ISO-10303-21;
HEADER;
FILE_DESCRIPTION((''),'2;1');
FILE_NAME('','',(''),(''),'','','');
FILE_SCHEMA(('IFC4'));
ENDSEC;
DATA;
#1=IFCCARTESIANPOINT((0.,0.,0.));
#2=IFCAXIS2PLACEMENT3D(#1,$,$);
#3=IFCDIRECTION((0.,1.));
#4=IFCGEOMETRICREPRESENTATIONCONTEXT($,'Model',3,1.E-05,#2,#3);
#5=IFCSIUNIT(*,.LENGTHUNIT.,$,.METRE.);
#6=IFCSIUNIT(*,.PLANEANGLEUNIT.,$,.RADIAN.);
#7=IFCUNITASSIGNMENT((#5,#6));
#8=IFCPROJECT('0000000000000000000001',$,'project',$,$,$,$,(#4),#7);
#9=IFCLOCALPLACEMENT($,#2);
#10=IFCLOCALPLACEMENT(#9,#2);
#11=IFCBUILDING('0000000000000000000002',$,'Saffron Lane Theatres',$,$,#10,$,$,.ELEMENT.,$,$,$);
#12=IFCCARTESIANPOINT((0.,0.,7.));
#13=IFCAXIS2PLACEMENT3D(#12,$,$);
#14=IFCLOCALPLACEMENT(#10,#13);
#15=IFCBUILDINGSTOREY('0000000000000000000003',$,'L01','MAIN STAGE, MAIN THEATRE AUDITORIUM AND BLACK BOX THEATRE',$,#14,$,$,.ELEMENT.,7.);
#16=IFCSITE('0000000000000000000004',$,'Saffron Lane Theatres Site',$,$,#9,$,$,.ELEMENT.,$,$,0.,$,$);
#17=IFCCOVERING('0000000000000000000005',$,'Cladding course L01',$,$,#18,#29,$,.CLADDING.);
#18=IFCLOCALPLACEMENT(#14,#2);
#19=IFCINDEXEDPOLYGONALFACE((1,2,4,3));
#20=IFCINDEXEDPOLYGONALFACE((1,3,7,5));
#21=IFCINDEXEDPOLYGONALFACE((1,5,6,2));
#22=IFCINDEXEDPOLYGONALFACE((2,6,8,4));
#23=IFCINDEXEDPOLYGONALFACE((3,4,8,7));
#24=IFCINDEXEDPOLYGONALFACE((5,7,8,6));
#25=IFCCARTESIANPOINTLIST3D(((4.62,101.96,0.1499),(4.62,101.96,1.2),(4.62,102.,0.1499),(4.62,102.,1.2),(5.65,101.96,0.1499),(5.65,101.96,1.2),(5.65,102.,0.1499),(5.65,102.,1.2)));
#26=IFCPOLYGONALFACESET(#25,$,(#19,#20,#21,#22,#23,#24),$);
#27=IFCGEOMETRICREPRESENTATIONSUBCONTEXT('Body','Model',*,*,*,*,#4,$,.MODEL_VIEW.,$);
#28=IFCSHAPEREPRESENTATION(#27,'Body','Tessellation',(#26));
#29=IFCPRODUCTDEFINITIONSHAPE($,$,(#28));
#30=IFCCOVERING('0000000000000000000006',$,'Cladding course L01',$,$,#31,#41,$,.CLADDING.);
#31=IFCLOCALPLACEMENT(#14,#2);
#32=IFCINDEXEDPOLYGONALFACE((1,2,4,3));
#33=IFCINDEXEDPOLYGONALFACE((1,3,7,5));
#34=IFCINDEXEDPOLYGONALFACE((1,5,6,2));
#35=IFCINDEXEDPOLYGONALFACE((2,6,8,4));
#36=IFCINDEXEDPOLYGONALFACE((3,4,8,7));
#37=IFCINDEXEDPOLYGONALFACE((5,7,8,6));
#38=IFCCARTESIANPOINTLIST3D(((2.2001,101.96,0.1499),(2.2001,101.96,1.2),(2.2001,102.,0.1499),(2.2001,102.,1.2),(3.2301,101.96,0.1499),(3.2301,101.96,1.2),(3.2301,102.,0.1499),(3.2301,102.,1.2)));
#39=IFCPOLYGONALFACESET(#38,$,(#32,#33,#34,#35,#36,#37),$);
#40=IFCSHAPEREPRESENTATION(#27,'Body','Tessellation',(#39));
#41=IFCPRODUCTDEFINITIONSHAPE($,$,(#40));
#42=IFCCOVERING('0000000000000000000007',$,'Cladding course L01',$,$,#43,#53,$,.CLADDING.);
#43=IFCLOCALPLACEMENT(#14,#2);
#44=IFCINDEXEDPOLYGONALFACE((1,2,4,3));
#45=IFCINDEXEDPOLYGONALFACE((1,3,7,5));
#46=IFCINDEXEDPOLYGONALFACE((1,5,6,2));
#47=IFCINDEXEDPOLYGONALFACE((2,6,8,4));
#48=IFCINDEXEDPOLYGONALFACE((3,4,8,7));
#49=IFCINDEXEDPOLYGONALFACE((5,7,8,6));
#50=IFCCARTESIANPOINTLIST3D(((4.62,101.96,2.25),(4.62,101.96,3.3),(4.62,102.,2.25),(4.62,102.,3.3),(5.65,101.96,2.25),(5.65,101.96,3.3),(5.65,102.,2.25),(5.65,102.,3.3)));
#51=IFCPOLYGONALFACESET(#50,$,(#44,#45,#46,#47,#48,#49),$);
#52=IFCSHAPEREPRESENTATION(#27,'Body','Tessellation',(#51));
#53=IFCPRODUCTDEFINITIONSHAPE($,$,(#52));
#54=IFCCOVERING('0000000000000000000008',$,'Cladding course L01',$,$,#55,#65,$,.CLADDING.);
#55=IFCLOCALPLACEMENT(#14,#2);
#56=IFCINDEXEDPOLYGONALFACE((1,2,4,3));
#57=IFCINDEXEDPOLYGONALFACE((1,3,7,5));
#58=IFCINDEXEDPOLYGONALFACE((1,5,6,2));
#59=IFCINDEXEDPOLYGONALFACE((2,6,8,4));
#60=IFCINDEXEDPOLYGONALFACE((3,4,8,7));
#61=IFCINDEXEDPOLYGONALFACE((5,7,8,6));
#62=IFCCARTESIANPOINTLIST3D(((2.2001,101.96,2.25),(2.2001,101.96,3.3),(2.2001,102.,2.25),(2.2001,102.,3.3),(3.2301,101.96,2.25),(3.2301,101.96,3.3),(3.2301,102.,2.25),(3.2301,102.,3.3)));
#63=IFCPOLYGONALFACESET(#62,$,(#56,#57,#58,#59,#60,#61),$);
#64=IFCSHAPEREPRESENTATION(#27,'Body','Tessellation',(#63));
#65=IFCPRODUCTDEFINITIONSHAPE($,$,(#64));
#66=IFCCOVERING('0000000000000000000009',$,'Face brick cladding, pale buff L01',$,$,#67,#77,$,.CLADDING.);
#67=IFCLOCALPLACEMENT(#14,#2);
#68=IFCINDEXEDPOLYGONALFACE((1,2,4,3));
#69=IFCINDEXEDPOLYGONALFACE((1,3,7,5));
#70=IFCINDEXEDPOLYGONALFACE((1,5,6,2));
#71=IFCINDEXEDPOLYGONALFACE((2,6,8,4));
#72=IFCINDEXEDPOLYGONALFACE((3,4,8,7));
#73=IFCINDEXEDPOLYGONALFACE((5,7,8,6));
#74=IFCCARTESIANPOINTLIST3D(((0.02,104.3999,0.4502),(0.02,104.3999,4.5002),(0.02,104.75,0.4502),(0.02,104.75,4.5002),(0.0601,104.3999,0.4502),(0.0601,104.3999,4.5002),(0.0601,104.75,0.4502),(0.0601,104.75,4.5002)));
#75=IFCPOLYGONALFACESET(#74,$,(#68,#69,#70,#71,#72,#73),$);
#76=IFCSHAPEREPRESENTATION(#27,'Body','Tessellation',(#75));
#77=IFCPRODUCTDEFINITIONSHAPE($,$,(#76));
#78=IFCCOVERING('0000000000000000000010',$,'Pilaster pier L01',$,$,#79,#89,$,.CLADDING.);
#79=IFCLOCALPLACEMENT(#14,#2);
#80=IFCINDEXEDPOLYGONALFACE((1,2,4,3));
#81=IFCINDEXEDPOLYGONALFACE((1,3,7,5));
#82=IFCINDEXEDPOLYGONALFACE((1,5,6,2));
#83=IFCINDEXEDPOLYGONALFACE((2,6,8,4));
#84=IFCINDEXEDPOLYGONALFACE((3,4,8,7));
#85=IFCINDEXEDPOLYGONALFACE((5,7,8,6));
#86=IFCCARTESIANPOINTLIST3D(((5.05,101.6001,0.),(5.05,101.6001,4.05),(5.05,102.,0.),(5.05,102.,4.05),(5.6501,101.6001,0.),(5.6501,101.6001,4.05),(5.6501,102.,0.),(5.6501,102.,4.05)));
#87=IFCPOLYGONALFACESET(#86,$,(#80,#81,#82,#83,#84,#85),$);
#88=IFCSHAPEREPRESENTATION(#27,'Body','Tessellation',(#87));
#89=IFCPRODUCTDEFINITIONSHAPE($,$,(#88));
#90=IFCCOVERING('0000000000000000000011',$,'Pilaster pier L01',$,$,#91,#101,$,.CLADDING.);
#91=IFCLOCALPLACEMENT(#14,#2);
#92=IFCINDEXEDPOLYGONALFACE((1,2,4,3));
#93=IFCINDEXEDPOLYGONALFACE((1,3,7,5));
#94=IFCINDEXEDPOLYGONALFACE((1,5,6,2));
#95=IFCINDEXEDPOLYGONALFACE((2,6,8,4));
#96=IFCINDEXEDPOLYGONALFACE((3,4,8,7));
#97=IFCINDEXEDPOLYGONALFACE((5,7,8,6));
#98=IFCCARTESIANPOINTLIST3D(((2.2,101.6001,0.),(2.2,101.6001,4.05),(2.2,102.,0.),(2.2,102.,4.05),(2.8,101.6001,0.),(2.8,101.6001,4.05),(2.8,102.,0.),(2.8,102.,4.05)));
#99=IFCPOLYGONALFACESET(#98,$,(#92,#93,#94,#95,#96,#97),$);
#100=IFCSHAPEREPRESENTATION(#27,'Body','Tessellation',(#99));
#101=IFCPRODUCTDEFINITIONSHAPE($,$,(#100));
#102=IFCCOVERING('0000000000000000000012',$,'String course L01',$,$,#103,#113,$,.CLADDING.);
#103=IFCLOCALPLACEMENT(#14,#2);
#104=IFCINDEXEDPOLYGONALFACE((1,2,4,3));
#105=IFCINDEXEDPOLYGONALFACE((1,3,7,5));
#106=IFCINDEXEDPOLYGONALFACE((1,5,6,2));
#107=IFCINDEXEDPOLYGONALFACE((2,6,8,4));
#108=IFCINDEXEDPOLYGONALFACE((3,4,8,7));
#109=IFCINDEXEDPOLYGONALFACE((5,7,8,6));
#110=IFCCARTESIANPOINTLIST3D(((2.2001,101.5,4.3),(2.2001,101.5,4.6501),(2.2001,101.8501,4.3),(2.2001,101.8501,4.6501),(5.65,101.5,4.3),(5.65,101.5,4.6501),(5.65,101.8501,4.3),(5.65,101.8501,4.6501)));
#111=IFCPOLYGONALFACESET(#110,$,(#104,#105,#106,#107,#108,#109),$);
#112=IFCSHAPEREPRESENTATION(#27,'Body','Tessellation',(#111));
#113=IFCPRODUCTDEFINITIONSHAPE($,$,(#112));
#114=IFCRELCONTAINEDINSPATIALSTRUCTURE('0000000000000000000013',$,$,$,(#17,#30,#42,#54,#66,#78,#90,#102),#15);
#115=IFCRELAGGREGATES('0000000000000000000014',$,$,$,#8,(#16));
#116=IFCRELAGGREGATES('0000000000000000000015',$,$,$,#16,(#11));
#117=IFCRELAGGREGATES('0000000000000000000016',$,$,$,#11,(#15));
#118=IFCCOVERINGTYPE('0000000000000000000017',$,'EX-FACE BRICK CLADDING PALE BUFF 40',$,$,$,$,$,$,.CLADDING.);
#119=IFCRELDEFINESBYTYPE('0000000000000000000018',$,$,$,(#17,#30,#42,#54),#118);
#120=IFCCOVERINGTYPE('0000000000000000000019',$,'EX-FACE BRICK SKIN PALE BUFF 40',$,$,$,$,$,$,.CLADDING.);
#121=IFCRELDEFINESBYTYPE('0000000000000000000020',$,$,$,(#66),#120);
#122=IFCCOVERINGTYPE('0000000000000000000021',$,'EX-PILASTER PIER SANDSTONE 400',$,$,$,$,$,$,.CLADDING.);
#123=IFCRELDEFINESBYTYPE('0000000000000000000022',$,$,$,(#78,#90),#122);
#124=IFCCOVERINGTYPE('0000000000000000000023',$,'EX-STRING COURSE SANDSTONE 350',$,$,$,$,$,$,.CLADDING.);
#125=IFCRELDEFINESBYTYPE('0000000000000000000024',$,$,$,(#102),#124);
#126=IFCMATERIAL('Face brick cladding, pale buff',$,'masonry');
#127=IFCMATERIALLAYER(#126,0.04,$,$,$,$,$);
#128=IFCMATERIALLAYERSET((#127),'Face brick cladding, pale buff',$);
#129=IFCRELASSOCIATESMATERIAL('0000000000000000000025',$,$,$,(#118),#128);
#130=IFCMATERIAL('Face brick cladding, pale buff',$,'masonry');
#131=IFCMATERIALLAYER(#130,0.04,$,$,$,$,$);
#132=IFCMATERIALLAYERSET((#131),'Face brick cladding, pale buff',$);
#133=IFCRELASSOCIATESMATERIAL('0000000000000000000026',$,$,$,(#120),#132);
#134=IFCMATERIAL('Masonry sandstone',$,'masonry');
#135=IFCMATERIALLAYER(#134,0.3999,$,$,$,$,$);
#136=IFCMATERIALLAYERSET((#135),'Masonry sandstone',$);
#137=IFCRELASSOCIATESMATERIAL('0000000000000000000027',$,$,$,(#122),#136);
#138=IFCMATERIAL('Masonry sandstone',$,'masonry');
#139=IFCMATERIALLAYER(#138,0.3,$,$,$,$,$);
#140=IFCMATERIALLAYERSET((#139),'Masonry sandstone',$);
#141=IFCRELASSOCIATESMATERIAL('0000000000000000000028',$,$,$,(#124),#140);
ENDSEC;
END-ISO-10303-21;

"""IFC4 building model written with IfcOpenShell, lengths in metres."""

from ifc_helpers import new_model, si_unit, direction, frame, origin, origin_2d, place, context, subcontext, project, spatial, rectangle, extrude, material, layer, layer_set, type_object, element, save


model = new_model("IFC4")

# Units and contexts
model_context = context("Model", 3, precision=1e-05, world=origin(), true_north=direction((0.0, 1.0)))
body_context = subcontext(model_context, "Body", "Model", "MODEL_VIEW")
ifc_project = project(units=[si_unit("LENGTHUNIT", "METRE"), si_unit("PLANEANGLEUNIT", "RADIAN")], contexts=[model_context])

# Site, building, storey
site_placement = place(None, origin())
site = spatial("IfcSite", under=ifc_project, at=site_placement, Name="Saffron Lane Theatres Site", CompositionType="ELEMENT", RefElevation=0.0)
building_placement = place(site_placement, origin())
building = spatial("IfcBuilding", under=site, at=building_placement, Name="Saffron Lane Theatres", CompositionType="ELEMENT")
storey_placement = place(building_placement, frame((0.0, 0.0, 7.0)))
storey = spatial("IfcBuildingStorey", under=building, at=storey_placement, Name="L01", Description="MAIN STAGE, MAIN THEATRE AUDITORIUM AND BLACK BOX THEATRE", CompositionType="ELEMENT", Elevation=7.0)

# Coverings
ifc_material_1 = material(Name="Face brick cladding, pale buff", Category="masonry")
ifc_layer_1 = layer(ifc_material_1, 0.04)
ifc_layer_set_1 = layer_set([ifc_layer_1], Name="Face brick cladding, pale buff")
covering_type_1 = type_object("IfcCoveringType", Name="EX-FACE BRICK CLADDING PALE BUFF 40", PredefinedType="CLADDING", material=ifc_layer_set_1)
for number, where, z_axis, x_axis, name in (
    (1, (5.135, 101.98, 0.1499), (0.0, 0.0, 1.0), (-1.0, 0.0, 0.0), "Cladding course L01"),
    (2, (2.7151, 101.98, 0.1499), (0.0, 0.0, 1.0), (-1.0, 0.0, 0.0), "Cladding course L01"),
    (3, (5.135, 101.98, 2.25), (0.0, 0.0, 1.0), (-1.0, 0.0, 0.0), "Cladding course L01"),
    (4, (2.7151, 101.98, 2.25), (0.0, 0.0, 1.0), (-1.0, 0.0, 0.0), "Cladding course L01"),
):
    element("IfcCovering", number, at=place(storey_placement, frame(where, z_axis=z_axis, x_axis=x_axis)), inside=storey, type_object=covering_type_1, Name=name, PredefinedType="CLADDING", context=body_context, shape_type="SweptSolid", body=[
        extrude(rectangle(XDim=1.03, YDim=0.04, at=origin_2d()), origin(), (0.0, 0.0, 1.0), 1.05),
    ])
ifc_material_2 = material(Name="Face brick cladding, pale buff", Category="masonry")
ifc_layer_2 = layer(ifc_material_2, 0.04)
ifc_layer_set_2 = layer_set([ifc_layer_2], Name="Face brick cladding, pale buff")
covering_type_2 = type_object("IfcCoveringType", Name="EX-FACE BRICK SKIN PALE BUFF 40", PredefinedType="CLADDING", material=ifc_layer_set_2)
covering_1_placement = place(storey_placement, frame((0.04, 104.575, 0.4502), z_axis=(0.0, 0.0, 1.0), x_axis=(0.0, 1.0, 0.0)))
element("IfcCovering", 5, at=covering_1_placement, inside=storey, type_object=covering_type_2, Name="Face brick cladding, pale buff L01", PredefinedType="CLADDING", context=body_context, shape_type="SweptSolid", body=[
    extrude(rectangle(XDim=0.3501, YDim=0.04, at=origin_2d()), origin(), (0.0, 0.0, 1.0), 4.05),
])
ifc_material_3 = material(Name="Masonry sandstone", Category="masonry")
ifc_layer_3 = layer(ifc_material_3, 0.3999)
ifc_layer_set_3 = layer_set([ifc_layer_3], Name="Masonry sandstone")
covering_type_3 = type_object("IfcCoveringType", Name="EX-PILASTER PIER SANDSTONE 400", PredefinedType="CLADDING", material=ifc_layer_set_3)
for number, where, z_axis, x_axis, name in (
    (6, (5.3501, 101.8, 0.0), (0.0, 0.0, 1.0), (-1.0, 0.0, 0.0), "Pilaster pier L01"),
    (7, (2.5, 101.8, 0.0), (0.0, 0.0, 1.0), (-1.0, 0.0, 0.0), "Pilaster pier L01"),
):
    element("IfcCovering", number, at=place(storey_placement, frame(where, z_axis=z_axis, x_axis=x_axis)), inside=storey, type_object=covering_type_3, Name=name, PredefinedType="CLADDING", context=body_context, shape_type="SweptSolid", body=[
        extrude(rectangle(XDim=0.6001, YDim=0.3999, at=origin_2d()), origin(), (0.0, 0.0, 1.0), 4.05),
    ])
ifc_material_4 = material(Name="Masonry sandstone", Category="masonry")
ifc_layer_4 = layer(ifc_material_4, 0.3)
ifc_layer_set_4 = layer_set([ifc_layer_4], Name="Masonry sandstone")
covering_type_4 = type_object("IfcCoveringType", Name="EX-STRING COURSE SANDSTONE 350", PredefinedType="CLADDING", material=ifc_layer_set_4)
covering_2_placement = place(storey_placement, frame((3.925, 101.675, 4.3), z_axis=(0.0, 0.0, 1.0), x_axis=(-1.0, 0.0, 0.0)))
element("IfcCovering", 8, at=covering_2_placement, inside=storey, type_object=covering_type_4, Name="String course L01", PredefinedType="CLADDING", context=body_context, shape_type="SweptSolid", body=[
    extrude(rectangle(XDim=3.45, YDim=0.3501, at=origin_2d()), origin(), (0.0, 0.0, 1.0), 0.3501),
])

save(model, "model.ifc")
